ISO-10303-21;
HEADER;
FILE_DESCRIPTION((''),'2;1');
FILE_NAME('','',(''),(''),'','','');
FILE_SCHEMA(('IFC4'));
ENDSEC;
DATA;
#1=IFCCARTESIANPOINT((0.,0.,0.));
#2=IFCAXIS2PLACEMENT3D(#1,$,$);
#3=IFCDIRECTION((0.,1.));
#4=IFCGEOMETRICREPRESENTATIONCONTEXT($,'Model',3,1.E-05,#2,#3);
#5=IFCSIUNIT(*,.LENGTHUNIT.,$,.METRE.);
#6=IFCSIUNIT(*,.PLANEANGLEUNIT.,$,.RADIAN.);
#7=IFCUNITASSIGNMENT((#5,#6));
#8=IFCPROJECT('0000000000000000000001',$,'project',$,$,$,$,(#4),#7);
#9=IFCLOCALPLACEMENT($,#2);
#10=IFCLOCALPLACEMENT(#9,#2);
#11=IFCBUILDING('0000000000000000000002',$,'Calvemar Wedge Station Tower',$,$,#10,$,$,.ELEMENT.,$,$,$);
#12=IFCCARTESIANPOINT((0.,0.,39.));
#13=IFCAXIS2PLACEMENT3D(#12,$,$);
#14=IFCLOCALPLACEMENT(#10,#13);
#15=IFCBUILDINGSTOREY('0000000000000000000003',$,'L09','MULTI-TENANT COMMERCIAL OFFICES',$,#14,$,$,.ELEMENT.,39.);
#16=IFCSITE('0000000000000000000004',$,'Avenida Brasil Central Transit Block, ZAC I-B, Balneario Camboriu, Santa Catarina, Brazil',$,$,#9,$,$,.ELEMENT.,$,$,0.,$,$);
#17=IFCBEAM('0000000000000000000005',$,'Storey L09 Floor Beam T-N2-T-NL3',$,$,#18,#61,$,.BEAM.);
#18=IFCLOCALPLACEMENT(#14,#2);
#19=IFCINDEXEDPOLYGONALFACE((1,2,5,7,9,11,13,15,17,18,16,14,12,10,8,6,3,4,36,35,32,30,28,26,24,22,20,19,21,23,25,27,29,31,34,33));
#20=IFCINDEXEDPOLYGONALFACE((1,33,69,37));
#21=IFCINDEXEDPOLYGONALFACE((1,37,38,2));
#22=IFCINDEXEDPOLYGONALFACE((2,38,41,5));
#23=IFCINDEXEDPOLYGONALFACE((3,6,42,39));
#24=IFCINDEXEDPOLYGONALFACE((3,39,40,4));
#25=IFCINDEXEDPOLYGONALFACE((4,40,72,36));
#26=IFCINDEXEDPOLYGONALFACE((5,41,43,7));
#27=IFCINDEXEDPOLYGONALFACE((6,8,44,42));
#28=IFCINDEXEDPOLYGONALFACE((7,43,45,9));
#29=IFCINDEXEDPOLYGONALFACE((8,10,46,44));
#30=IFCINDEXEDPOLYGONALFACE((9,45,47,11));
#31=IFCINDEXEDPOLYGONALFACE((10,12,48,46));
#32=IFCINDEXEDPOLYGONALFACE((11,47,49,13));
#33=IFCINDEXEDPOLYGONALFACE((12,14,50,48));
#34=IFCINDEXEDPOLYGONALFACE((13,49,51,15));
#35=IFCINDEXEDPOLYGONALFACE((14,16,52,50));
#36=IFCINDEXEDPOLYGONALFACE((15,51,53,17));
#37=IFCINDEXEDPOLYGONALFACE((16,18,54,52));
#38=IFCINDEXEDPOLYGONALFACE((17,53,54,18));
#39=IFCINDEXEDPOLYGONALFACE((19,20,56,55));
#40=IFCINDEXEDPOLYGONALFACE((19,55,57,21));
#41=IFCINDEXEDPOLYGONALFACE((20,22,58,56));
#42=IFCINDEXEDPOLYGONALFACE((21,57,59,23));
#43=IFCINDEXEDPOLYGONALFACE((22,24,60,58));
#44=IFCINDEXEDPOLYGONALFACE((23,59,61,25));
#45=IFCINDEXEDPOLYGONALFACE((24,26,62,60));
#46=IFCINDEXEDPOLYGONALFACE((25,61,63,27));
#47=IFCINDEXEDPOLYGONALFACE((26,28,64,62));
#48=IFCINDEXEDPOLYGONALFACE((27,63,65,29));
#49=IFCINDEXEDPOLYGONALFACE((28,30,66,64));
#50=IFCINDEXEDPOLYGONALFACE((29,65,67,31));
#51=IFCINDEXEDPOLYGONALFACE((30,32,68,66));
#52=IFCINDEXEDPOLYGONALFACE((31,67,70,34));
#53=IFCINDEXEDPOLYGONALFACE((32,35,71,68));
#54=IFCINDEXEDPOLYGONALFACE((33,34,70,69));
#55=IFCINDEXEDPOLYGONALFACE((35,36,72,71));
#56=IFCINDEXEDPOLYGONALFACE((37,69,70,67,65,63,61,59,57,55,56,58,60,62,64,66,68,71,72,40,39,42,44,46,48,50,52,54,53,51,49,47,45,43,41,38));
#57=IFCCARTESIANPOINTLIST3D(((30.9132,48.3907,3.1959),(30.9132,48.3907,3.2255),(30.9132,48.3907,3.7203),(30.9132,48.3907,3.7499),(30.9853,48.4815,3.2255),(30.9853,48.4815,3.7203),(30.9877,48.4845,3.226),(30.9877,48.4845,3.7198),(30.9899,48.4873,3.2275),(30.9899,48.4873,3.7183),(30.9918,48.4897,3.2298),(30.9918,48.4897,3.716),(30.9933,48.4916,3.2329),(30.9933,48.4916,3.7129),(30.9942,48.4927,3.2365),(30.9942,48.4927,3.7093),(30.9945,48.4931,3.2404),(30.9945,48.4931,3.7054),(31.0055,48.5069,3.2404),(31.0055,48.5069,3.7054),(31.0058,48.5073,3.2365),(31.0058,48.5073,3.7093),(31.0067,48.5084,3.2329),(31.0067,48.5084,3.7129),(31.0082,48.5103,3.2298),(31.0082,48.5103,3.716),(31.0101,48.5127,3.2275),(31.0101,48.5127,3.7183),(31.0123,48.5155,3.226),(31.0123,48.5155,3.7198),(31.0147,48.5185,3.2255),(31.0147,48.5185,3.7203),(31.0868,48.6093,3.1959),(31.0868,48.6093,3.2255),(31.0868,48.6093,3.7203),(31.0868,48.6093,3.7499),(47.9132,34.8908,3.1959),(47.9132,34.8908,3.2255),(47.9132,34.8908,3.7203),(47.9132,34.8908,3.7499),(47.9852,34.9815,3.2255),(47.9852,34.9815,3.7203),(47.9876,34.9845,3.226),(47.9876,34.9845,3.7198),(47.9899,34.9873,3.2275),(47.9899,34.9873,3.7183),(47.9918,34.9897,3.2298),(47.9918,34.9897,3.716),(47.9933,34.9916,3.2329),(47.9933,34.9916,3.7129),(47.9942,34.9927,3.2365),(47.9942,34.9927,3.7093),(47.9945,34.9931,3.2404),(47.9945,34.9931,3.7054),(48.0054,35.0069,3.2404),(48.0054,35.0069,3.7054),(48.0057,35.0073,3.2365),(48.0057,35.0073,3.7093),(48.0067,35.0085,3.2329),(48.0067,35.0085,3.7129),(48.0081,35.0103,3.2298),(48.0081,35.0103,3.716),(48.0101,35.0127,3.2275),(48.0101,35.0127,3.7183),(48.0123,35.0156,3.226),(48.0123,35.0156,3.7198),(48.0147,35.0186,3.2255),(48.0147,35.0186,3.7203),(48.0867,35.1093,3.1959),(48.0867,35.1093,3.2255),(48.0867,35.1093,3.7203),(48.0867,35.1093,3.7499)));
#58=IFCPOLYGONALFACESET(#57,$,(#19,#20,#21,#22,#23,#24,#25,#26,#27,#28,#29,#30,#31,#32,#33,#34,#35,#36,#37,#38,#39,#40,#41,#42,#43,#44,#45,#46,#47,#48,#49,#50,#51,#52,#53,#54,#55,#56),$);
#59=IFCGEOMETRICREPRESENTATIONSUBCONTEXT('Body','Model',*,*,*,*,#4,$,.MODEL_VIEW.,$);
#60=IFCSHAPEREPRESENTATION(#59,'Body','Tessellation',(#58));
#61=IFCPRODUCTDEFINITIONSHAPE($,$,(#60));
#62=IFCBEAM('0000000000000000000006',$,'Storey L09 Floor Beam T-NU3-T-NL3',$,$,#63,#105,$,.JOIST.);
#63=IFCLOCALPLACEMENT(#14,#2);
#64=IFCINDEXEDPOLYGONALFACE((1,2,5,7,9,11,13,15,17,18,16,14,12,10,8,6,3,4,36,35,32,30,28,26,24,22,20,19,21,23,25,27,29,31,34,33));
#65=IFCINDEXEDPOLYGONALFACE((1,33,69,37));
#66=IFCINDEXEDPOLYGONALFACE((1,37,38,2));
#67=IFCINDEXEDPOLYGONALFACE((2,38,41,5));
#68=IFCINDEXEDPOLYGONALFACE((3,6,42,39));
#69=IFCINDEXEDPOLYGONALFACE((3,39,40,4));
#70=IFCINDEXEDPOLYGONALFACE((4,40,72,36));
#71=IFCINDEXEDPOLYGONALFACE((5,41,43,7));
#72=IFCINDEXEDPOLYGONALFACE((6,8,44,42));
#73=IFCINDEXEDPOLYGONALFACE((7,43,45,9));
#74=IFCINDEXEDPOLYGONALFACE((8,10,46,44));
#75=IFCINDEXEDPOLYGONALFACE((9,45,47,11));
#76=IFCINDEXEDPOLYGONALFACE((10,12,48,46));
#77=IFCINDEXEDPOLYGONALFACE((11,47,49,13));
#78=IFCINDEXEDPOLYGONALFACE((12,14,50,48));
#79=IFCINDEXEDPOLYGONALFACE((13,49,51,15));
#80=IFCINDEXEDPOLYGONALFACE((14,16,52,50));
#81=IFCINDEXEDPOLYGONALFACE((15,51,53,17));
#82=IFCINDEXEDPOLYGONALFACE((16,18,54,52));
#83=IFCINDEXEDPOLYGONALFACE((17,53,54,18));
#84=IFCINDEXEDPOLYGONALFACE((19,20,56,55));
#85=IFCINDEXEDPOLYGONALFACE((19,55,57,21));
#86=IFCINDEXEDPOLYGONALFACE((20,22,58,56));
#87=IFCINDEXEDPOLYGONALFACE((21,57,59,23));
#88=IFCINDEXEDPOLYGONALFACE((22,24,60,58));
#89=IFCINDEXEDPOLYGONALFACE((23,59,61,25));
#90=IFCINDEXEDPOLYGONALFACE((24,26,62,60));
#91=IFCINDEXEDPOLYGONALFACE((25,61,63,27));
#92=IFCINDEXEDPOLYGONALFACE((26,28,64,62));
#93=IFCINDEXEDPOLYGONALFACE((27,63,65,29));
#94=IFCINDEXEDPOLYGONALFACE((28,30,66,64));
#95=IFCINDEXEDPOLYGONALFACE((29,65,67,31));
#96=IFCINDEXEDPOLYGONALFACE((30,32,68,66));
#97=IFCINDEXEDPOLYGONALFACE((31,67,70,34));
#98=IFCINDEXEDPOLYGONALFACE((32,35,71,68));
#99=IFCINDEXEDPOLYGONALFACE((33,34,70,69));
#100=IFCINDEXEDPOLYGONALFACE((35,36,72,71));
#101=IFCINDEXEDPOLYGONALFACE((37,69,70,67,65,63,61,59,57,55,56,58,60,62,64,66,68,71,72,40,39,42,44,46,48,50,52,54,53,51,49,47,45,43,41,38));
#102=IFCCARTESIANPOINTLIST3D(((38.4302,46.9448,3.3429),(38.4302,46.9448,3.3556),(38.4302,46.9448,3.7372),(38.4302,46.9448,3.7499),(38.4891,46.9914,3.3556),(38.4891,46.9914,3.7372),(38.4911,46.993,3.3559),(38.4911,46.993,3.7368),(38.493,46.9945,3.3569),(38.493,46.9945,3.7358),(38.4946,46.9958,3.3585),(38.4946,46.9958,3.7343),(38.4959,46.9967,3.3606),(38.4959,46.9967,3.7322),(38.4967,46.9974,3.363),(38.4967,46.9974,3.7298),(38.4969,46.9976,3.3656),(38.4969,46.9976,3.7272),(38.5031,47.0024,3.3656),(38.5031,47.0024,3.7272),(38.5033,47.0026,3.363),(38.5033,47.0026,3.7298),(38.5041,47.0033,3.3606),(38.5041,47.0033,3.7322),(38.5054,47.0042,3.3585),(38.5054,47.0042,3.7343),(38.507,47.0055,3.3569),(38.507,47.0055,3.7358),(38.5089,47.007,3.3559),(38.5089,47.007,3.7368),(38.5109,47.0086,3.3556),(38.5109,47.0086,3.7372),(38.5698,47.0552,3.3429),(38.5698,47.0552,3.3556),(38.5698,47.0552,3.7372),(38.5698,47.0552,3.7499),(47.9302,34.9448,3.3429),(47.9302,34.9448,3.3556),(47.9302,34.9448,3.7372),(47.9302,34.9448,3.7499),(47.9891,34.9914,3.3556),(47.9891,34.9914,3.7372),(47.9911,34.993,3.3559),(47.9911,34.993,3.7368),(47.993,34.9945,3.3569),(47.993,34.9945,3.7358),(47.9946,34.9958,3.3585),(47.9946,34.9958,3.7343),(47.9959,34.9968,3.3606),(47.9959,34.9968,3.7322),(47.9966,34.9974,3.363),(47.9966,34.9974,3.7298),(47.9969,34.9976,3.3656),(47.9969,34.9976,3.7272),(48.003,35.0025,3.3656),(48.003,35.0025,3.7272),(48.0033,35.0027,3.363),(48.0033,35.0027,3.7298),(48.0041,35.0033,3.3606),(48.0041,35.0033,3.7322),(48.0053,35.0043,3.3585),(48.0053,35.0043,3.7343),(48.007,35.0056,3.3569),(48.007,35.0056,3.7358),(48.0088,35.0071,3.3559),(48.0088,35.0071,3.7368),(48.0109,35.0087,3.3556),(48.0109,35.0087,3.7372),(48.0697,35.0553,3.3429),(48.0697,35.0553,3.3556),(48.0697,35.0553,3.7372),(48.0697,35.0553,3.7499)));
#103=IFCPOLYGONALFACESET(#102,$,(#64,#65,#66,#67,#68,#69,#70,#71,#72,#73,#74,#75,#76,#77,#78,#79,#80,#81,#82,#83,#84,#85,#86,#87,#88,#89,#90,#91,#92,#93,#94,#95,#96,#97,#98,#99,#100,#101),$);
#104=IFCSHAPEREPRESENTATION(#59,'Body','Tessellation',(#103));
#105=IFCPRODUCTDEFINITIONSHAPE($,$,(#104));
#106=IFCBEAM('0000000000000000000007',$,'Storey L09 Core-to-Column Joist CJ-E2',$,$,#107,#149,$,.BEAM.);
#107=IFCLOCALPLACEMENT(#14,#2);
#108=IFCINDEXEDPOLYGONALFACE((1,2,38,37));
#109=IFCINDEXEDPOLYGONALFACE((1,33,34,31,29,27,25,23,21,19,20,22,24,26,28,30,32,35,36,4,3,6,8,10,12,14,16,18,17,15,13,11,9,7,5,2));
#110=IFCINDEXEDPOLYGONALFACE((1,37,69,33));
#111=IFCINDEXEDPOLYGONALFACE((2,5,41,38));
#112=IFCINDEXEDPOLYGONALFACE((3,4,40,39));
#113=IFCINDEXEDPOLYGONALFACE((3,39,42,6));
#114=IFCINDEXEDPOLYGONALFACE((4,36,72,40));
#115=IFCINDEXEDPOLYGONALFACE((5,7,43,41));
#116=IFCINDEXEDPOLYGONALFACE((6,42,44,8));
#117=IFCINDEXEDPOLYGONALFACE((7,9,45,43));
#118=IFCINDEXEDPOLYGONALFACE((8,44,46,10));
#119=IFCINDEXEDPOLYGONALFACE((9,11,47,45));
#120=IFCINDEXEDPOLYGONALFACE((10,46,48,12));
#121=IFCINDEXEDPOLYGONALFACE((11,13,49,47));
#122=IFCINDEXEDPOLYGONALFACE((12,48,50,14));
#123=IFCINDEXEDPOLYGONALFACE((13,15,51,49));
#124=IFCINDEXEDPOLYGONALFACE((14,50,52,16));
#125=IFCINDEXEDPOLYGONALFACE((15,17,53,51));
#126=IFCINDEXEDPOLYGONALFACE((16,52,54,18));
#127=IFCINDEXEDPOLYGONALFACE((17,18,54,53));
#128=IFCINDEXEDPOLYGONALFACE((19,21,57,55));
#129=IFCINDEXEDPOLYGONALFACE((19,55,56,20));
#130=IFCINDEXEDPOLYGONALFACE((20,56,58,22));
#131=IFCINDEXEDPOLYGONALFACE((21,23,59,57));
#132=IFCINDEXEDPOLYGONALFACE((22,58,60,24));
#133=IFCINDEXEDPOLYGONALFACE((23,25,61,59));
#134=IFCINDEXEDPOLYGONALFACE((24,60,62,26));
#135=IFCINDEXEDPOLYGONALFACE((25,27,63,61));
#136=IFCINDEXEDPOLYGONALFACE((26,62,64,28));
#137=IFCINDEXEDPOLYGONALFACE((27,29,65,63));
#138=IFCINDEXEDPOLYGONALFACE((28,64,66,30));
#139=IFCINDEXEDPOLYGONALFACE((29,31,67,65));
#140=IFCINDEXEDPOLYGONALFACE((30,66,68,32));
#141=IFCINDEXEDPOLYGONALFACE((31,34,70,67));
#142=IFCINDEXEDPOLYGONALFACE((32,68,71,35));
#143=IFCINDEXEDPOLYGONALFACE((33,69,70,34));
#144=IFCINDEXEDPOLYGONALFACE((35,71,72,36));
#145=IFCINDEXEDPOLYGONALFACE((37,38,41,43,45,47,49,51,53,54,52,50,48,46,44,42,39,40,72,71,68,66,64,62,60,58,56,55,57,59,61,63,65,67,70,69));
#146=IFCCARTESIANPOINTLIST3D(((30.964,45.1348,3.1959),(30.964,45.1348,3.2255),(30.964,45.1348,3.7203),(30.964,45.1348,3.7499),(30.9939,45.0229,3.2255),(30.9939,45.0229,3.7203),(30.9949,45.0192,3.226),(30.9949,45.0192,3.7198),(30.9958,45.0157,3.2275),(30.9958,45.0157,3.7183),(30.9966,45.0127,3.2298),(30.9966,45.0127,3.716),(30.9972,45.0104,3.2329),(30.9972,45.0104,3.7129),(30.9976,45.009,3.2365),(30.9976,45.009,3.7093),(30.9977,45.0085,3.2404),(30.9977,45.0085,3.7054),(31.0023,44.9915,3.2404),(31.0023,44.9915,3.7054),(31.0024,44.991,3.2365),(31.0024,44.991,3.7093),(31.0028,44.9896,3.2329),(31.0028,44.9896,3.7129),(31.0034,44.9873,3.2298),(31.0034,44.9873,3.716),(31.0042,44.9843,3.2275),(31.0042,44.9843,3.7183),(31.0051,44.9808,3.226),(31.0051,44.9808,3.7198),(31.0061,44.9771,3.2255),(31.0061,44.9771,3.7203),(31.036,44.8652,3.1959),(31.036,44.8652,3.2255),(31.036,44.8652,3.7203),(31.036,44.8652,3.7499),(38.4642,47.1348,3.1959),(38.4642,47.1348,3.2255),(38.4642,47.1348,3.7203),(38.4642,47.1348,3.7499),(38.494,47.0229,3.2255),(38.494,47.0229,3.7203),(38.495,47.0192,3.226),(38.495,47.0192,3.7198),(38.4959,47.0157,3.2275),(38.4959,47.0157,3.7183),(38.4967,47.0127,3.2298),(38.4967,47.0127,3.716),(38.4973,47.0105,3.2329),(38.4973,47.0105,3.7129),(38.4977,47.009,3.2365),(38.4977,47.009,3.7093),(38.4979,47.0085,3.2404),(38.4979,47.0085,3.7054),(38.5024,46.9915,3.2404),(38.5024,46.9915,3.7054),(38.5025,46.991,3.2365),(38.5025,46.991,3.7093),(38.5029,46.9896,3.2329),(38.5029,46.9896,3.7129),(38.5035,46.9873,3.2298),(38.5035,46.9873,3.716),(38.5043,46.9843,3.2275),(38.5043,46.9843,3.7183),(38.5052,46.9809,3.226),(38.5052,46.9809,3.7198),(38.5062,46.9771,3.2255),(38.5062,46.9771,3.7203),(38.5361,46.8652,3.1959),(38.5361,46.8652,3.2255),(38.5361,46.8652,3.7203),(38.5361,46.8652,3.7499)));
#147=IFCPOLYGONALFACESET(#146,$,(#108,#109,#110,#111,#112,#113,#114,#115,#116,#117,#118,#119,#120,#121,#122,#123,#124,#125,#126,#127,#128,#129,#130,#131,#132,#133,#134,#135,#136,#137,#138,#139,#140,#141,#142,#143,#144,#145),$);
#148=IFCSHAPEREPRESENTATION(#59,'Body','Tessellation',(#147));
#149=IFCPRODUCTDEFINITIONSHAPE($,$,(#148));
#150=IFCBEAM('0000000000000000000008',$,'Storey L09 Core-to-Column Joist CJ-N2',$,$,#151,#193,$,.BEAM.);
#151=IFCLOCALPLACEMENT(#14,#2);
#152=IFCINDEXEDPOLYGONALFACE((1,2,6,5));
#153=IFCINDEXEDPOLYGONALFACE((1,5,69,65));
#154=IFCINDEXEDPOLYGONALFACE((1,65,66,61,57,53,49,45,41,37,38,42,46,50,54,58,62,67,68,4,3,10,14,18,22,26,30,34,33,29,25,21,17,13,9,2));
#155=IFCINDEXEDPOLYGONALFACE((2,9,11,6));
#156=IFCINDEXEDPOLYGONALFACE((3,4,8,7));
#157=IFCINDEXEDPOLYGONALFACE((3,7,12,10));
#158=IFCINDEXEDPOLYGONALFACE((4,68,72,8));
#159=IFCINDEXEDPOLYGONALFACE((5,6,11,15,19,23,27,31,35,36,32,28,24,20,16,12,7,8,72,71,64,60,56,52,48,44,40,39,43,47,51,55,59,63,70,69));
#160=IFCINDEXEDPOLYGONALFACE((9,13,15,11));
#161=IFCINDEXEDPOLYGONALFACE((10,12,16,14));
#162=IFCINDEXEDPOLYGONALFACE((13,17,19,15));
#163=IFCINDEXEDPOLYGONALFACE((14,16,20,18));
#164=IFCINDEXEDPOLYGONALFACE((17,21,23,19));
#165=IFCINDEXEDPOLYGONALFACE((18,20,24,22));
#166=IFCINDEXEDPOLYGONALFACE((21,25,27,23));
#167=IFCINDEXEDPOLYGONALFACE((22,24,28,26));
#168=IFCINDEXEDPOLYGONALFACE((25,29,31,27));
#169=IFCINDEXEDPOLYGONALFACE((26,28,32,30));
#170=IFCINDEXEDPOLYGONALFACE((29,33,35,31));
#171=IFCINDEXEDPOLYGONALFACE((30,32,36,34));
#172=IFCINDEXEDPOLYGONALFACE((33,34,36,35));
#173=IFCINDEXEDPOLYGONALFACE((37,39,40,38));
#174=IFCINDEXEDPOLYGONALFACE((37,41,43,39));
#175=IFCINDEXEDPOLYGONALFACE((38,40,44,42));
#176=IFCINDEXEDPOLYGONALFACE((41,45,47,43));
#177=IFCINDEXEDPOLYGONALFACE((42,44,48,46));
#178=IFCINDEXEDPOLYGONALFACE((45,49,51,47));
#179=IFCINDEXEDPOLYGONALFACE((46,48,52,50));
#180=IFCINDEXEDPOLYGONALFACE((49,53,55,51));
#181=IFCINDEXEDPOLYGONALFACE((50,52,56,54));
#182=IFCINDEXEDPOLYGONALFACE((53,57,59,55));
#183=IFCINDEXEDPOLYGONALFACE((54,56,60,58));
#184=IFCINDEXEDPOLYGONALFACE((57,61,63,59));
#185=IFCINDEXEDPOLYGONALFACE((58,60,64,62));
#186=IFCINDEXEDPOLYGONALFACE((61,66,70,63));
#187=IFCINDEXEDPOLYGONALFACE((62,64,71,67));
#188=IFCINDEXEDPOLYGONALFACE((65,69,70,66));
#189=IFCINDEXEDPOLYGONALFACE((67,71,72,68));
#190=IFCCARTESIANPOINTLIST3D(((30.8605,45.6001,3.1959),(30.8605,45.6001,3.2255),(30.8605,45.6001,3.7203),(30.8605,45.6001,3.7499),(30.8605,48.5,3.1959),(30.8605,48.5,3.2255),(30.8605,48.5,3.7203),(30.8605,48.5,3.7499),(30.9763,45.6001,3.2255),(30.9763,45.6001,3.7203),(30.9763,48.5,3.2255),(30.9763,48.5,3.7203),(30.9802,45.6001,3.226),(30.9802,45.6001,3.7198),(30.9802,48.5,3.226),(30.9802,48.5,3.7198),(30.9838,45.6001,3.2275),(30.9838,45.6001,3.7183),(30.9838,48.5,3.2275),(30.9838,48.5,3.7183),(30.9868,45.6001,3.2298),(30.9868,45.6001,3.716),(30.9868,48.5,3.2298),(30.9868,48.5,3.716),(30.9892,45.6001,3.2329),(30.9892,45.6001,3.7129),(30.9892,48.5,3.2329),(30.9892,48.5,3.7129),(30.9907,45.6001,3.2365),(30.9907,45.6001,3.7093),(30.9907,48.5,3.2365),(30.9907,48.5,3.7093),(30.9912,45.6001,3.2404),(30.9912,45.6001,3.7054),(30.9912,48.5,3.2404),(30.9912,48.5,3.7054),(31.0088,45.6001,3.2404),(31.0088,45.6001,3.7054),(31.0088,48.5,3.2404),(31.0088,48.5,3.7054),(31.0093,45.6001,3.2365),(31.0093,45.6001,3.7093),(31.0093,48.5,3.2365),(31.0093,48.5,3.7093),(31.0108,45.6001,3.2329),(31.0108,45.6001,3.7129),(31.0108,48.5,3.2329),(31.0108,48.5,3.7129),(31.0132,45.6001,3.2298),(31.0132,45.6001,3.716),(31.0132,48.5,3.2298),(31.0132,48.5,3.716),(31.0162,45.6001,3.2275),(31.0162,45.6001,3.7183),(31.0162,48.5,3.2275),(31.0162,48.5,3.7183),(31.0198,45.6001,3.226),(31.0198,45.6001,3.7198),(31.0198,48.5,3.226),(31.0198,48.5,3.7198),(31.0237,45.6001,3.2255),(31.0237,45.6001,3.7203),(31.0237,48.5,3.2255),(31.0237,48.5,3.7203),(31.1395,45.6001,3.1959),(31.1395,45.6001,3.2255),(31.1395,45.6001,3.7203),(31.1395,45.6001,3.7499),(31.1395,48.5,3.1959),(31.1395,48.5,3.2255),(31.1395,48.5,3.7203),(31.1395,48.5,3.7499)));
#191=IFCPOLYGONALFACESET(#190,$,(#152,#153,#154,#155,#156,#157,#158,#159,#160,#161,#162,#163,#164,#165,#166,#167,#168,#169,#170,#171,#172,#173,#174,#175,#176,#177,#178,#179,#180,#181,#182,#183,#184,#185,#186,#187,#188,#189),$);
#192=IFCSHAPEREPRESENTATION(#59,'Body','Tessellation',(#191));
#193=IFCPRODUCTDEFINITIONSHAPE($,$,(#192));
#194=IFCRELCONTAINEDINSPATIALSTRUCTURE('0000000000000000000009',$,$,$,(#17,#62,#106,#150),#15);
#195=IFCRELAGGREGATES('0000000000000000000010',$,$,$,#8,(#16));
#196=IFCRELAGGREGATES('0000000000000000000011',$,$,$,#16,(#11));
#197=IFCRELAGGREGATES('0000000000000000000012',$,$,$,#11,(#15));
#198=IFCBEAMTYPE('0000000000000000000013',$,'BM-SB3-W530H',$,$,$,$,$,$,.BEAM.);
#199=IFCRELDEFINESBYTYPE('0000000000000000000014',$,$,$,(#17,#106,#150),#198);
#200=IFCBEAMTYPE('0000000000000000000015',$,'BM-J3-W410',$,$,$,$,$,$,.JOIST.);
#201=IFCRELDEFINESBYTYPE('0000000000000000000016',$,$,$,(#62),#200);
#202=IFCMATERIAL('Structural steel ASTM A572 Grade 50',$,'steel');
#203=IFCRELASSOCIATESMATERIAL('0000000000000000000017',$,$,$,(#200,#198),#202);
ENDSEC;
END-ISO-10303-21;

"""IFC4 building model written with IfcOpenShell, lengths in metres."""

from ifc_helpers import new_model, si_unit, direction, frame, origin, origin_2d, place, context, subcontext, project, spatial, i_section, extrude, source, transform, mapped, material, material_profile, profile_set, type_object, element, save


model = new_model("IFC4")

# Units and contexts
model_context = context("Model", 3, precision=1e-05, world=origin(), true_north=direction((0.0, 1.0)))
body_context = subcontext(model_context, "Body", "Model", "MODEL_VIEW")
ifc_project = project(units=[si_unit("LENGTHUNIT", "METRE"), si_unit("PLANEANGLEUNIT", "RADIAN")], contexts=[model_context])

# Site, building, storey
site_placement = place(None, origin())
site = spatial("IfcSite", under=ifc_project, at=site_placement, Name="Avenida Brasil Central Transit Block, ZAC I-B, Balneario Camboriu, Santa Catarina, Brazil", CompositionType="ELEMENT", RefElevation=0.0)
building_placement = place(site_placement, origin())
building = spatial("IfcBuilding", under=site, at=building_placement, Name="Calvemar Wedge Station Tower", CompositionType="ELEMENT")
storey_placement = place(building_placement, frame((0.0, 0.0, 39.0)))
storey = spatial("IfcBuildingStorey", under=building, at=storey_placement, Name="L09", Description="MULTI-TENANT COMMERCIAL OFFICES", CompositionType="ELEMENT", Elevation=39.0)

# Beams
ifc_material_1 = material(Name="Structural steel ASTM A572 Grade 50", Category="steel")
ifc_material_profile_1 = material_profile(ifc_material_1, i_section(OverallWidth=0.178, OverallDepth=0.407, WebThickness=0.0078, FlangeThickness=0.0127, FilletRadius=0.01, at=origin_2d()), Name="W410x60")
ifc_profile_set_1 = profile_set([ifc_material_profile_1], Name="Structural steel ASTM A572 Grade 50")
beam_type_1 = type_object("IfcBeamType", Name="BM-J3-W410", PredefinedType="JOIST", material=ifc_profile_set_1)
ifc_material_profile_2 = material_profile(ifc_material_1, i_section(OverallWidth=0.2791, OverallDepth=0.554, WebThickness=0.0176, FlangeThickness=0.0295, FilletRadius=0.0149, at=origin_2d()), Name="W530x196")
ifc_profile_set_2 = profile_set([ifc_material_profile_2], Name="Structural steel ASTM A572 Grade 50")
beam_type_2 = type_object("IfcBeamType", Name="BM-SB3-W530H", PredefinedType="BEAM", material=ifc_profile_set_2)
shared_shape_1 = source(origin(), body_context, "Body", "SweptSolid", [
    extrude(i_section(OverallWidth=0.2791, OverallDepth=0.554, WebThickness=0.0176, FlangeThickness=0.0295, FilletRadius=0.0149, at=origin_2d()), origin(), (0.0, 0.0, 1.0), 21.7083),
])
beam_1_placement = place(storey_placement, frame((31.0, 48.5, 3.4729), z_axis=(0.783111, -0.621882, 0.0), x_axis=(0.621882, 0.783111, 0.0)))
element("IfcBeam", 1, at=beam_1_placement, inside=storey, type_object=beam_type_2, Name="Storey L09 Floor Beam T-N2-T-NL3", PredefinedType="BEAM", context=body_context, shape_type="MappedRepresentation", body=[
    mapped(shared_shape_1, transform((0.0, 0.0, 0.0), scale=1.0)),
])
shared_shape_2 = source(origin(), body_context, "Body", "SweptSolid", [
    extrude(i_section(OverallWidth=0.178, OverallDepth=0.407, WebThickness=0.0078, FlangeThickness=0.0127, FilletRadius=0.01, at=origin_2d()), origin(), (0.0, 0.0, 1.0), 15.3052),
])
beam_2_placement = place(storey_placement, frame((38.5, 47.0, 3.5464), z_axis=(0.620703, -0.784046, 0.0), x_axis=(0.784046, 0.620703, 0.0)))
element("IfcBeam", 2, at=beam_2_placement, inside=storey, type_object=beam_type_1, Name="Storey L09 Floor Beam T-NU3-T-NL3", PredefinedType="JOIST", context=body_context, shape_type="MappedRepresentation", body=[
    mapped(shared_shape_2, transform((0.0, 0.0, 0.0), scale=1.0)),
])
shared_shape_3 = source(origin(), body_context, "Body", "SweptSolid", [
    extrude(i_section(OverallWidth=0.2791, OverallDepth=0.554, WebThickness=0.0176, FlangeThickness=0.0295, FilletRadius=0.0149, at=origin_2d()), origin(), (0.0, 0.0, 1.0), 7.7622),
])
beam_3_placement = place(storey_placement, frame((31.0, 45.0, 3.4729), z_axis=(0.966235, 0.257663, 0.0), x_axis=(-0.257663, 0.966235, 0.0)))
element("IfcBeam", 3, at=beam_3_placement, inside=storey, type_object=beam_type_2, Name="Storey L09 Core-to-Column Joist CJ-E2", PredefinedType="BEAM", context=body_context, shape_type="MappedRepresentation", body=[
    mapped(shared_shape_3, transform((0.0, 0.0, 0.0), scale=1.0)),
])
shared_shape_4 = source(origin(), body_context, "Body", "SweptSolid", [
    extrude(i_section(OverallWidth=0.2791, OverallDepth=0.554, WebThickness=0.0176, FlangeThickness=0.0295, FilletRadius=0.0149, at=origin_2d()), origin(), (0.0, 0.0, 1.0), 2.8999),
])
beam_4_placement = place(storey_placement, frame((31.0, 45.6001, 3.4729), z_axis=(0.0, 1.0, 0.0), x_axis=(-1.0, 0.0, 0.0)))
element("IfcBeam", 4, at=beam_4_placement, inside=storey, type_object=beam_type_2, Name="Storey L09 Core-to-Column Joist CJ-N2", PredefinedType="BEAM", context=body_context, shape_type="MappedRepresentation", body=[
    mapped(shared_shape_4, transform((0.0, 0.0, 0.0), scale=1.0)),
])

save(model, "model.ifc")
